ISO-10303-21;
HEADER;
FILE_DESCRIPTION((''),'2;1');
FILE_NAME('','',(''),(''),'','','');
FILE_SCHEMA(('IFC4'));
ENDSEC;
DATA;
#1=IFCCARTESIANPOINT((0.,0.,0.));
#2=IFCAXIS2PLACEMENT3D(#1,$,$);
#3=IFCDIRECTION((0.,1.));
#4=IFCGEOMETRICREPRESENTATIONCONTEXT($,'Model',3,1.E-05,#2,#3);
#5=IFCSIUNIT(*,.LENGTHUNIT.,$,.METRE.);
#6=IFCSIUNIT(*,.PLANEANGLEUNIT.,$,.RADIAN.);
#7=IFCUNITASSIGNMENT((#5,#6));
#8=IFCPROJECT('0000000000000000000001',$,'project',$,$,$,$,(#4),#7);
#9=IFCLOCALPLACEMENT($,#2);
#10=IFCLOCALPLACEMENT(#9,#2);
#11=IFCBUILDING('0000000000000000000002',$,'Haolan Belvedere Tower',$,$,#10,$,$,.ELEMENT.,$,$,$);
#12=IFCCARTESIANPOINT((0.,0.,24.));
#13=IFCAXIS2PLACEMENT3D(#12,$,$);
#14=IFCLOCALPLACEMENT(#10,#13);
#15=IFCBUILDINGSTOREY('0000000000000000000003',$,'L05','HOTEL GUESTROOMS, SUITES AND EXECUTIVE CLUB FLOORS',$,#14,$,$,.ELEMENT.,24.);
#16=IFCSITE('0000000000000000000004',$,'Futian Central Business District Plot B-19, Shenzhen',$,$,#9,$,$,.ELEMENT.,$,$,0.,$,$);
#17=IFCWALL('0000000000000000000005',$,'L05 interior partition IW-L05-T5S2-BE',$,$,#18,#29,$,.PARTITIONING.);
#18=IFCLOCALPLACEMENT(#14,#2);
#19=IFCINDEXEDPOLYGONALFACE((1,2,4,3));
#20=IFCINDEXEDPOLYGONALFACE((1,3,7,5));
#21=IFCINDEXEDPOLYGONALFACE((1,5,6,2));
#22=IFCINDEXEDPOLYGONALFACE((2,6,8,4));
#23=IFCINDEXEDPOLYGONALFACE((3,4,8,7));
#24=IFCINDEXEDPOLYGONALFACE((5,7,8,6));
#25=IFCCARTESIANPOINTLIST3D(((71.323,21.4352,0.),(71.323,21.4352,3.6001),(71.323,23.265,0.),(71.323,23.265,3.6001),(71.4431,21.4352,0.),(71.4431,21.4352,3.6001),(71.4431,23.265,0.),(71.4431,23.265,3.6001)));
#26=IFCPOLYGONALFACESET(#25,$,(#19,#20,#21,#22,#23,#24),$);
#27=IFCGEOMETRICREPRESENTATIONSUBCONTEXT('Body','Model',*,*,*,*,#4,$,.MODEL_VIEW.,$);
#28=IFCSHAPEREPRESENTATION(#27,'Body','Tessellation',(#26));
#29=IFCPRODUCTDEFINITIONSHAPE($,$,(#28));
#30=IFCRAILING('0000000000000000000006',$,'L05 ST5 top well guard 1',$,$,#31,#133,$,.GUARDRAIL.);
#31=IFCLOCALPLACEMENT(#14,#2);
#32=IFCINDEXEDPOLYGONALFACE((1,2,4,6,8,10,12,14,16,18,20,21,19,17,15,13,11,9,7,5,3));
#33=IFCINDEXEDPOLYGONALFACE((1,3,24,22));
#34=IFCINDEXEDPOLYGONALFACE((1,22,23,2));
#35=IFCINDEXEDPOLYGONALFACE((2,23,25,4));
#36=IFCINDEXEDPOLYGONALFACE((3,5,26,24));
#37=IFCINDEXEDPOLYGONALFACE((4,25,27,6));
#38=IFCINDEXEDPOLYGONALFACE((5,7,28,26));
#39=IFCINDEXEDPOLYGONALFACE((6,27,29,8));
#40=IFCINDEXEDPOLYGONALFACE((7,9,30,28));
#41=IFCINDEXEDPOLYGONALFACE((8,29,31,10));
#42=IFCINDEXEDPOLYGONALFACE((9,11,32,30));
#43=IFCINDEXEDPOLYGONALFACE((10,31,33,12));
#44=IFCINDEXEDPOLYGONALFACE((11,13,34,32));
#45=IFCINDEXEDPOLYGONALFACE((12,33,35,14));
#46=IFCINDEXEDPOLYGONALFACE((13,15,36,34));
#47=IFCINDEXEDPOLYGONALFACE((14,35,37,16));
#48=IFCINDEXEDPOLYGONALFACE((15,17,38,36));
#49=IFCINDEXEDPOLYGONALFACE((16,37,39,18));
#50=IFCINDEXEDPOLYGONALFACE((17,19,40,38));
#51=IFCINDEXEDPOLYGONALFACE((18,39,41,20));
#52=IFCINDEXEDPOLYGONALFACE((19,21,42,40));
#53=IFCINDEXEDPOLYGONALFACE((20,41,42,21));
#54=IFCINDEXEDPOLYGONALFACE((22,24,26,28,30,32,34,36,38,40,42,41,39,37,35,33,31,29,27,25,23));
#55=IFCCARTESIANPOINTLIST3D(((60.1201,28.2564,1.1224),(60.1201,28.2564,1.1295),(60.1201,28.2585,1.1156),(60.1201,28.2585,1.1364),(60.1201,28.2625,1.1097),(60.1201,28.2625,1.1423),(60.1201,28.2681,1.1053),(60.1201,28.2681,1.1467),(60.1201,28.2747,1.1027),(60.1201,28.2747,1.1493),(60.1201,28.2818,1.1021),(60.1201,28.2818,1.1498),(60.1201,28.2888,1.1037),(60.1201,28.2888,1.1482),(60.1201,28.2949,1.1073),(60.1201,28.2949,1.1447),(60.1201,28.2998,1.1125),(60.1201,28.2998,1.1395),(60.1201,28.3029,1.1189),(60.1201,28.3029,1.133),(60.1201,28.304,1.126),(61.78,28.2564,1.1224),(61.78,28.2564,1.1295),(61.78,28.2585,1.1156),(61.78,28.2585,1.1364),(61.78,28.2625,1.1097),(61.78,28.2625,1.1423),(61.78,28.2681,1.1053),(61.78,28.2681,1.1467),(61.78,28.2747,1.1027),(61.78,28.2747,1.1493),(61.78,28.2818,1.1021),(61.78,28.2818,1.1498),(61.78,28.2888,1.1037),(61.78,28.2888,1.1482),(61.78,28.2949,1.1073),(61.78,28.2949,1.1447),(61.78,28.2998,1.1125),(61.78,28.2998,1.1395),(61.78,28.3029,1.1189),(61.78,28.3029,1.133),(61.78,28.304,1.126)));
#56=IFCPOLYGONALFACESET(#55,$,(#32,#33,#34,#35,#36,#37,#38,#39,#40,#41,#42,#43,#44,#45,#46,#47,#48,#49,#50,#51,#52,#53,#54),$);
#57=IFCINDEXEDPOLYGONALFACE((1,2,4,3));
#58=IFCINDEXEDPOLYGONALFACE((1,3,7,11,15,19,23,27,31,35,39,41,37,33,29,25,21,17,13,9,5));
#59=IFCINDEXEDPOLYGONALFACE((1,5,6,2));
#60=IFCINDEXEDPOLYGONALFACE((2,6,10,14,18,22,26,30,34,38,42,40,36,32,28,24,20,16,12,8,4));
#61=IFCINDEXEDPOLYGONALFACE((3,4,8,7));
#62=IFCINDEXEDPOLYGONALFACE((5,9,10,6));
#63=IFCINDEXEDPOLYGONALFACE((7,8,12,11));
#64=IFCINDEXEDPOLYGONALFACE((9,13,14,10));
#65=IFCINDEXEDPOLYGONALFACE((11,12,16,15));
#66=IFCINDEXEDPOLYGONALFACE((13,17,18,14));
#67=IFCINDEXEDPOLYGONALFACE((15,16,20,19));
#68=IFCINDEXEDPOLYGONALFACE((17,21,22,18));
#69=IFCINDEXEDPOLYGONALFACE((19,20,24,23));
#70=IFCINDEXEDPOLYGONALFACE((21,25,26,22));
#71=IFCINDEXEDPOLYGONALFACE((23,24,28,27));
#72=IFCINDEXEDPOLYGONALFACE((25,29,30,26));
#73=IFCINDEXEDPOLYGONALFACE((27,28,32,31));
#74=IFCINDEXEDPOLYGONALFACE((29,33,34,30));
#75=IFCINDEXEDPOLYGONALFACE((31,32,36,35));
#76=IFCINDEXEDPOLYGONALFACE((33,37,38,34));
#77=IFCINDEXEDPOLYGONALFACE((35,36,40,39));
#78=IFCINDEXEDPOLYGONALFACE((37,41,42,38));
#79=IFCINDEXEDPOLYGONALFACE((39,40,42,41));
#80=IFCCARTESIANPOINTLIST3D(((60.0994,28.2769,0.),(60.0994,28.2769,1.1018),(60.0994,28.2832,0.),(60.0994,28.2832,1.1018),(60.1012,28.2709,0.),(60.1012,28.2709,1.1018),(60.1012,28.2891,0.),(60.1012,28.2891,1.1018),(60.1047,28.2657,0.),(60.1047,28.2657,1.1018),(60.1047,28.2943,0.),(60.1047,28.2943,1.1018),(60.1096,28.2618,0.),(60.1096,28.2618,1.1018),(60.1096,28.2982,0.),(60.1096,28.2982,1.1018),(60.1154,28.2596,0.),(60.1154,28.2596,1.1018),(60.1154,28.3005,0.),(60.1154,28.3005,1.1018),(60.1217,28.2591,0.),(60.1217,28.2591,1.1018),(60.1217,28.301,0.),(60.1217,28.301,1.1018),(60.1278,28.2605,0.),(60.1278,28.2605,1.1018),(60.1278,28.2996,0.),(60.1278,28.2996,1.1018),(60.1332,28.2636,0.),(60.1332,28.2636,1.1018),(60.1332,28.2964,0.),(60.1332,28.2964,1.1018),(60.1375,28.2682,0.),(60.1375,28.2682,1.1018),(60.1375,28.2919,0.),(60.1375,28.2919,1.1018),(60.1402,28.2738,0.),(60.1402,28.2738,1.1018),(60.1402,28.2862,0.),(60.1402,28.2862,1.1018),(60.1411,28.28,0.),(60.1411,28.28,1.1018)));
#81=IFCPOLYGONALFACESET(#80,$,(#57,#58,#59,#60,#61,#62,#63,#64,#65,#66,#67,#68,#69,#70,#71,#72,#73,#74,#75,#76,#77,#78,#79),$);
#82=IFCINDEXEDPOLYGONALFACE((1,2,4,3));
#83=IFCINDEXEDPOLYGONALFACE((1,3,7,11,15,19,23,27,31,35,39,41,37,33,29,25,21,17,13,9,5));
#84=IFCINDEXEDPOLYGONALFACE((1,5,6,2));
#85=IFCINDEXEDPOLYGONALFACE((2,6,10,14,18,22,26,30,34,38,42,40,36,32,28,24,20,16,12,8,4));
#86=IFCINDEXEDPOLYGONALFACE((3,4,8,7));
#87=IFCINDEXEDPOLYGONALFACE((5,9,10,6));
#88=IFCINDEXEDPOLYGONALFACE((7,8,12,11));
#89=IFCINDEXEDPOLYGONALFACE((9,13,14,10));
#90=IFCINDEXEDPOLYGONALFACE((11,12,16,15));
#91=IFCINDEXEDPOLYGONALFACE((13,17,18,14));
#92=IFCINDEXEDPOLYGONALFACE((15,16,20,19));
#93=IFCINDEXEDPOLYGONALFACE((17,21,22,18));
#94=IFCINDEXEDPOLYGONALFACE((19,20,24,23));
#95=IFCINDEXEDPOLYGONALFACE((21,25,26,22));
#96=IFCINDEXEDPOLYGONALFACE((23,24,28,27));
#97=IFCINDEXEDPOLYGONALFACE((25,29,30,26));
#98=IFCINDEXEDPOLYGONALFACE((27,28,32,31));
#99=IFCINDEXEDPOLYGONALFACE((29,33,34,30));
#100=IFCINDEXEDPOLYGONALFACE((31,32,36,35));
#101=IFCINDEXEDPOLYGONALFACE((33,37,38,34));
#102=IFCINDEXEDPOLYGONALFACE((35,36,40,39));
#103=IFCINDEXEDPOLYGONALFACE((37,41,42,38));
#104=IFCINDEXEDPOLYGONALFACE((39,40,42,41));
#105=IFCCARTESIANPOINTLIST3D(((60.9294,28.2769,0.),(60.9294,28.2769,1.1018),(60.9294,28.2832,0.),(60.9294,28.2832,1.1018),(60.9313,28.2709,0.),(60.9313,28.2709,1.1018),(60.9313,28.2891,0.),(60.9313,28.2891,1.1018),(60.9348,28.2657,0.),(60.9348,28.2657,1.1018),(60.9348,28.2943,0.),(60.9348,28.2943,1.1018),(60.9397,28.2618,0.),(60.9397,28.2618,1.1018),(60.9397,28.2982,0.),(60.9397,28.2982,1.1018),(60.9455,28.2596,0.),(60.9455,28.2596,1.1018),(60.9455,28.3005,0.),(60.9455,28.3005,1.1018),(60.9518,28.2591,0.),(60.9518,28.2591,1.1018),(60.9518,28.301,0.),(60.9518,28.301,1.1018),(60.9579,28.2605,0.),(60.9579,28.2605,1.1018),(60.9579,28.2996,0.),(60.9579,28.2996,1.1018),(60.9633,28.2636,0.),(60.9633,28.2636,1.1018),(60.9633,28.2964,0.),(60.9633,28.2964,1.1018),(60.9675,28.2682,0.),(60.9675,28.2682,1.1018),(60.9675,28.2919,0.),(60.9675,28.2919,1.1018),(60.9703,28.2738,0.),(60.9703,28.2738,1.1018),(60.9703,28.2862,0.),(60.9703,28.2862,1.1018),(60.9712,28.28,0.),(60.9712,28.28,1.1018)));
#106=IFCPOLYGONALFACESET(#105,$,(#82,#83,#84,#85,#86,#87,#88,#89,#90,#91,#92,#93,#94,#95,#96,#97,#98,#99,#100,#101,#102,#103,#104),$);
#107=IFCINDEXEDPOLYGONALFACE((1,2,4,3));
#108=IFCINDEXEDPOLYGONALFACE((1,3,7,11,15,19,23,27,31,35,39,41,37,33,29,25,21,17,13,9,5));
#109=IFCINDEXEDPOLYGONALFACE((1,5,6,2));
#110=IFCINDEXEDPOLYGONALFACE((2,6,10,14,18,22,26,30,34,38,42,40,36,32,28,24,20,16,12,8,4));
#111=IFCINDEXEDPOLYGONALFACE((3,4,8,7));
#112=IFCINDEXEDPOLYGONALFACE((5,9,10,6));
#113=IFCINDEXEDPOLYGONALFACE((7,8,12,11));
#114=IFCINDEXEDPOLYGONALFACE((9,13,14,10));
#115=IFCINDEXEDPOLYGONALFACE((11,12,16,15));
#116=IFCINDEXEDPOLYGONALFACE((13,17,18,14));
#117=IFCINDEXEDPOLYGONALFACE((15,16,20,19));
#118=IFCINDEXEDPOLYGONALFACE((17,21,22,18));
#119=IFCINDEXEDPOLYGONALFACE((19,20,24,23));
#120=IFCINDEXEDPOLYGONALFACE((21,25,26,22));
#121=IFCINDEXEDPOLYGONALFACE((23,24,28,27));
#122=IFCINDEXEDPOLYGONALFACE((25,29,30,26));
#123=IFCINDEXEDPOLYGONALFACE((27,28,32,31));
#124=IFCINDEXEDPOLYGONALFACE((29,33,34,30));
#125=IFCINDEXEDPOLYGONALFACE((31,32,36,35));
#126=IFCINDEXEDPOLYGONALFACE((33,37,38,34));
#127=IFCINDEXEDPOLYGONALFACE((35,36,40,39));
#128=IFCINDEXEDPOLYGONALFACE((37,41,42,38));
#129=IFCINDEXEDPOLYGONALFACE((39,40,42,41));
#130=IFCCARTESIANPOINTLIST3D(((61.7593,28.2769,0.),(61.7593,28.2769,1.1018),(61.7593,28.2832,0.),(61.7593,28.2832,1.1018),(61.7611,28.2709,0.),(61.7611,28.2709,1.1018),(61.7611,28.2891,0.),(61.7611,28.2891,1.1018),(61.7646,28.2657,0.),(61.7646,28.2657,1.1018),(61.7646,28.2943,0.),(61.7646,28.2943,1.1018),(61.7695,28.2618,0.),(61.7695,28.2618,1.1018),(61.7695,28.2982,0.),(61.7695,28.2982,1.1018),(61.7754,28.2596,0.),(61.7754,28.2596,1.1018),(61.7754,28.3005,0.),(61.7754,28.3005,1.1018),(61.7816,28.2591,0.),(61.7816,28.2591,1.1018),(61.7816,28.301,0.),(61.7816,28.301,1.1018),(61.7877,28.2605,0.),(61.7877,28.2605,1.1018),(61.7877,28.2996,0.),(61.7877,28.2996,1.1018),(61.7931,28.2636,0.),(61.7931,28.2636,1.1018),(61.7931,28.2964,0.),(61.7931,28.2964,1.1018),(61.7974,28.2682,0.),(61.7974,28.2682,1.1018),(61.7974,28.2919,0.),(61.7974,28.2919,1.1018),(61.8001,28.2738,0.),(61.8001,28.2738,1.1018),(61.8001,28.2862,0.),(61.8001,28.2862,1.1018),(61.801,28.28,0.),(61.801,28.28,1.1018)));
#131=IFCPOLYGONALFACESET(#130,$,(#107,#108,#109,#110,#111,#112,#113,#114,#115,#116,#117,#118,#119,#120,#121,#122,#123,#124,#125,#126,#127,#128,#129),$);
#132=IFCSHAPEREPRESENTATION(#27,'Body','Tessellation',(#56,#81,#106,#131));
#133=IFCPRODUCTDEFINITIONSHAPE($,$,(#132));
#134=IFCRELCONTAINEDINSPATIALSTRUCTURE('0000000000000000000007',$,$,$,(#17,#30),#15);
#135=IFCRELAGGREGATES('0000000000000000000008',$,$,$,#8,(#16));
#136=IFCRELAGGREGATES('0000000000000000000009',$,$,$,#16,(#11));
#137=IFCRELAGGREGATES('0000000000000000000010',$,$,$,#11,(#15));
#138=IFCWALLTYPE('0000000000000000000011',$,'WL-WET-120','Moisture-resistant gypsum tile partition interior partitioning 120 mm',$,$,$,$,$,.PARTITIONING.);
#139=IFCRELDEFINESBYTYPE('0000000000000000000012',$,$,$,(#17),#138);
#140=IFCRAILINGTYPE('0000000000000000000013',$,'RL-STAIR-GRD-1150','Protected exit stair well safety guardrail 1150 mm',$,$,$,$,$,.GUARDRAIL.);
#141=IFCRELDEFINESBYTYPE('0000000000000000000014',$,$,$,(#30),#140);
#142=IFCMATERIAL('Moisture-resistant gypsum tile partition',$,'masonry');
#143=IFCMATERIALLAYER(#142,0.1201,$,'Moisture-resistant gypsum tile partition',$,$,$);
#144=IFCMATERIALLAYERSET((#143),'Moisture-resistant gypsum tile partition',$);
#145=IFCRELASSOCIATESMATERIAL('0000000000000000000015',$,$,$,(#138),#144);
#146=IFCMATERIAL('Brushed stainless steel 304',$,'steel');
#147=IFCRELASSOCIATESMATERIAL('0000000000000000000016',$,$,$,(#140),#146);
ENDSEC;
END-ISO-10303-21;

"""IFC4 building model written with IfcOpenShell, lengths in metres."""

from ifc_helpers import new_model, si_unit, direction, frame, frame_2d, origin, origin_2d, place, context, subcontext, project, spatial, rectangle, circle, extrude, material, layer, layer_set, type_object, element, save


model = new_model("IFC4")

# Units and contexts
model_context = context("Model", 3, precision=1e-05, world=origin(), true_north=direction((0.0, 1.0)))
body_context = subcontext(model_context, "Body", "Model", "MODEL_VIEW")
ifc_project = project(units=[si_unit("LENGTHUNIT", "METRE"), si_unit("PLANEANGLEUNIT", "RADIAN")], contexts=[model_context])

# Site, building, storey
site_placement = place(None, origin())
site = spatial("IfcSite", under=ifc_project, at=site_placement, Name="Futian Central Business District Plot B-19, Shenzhen", CompositionType="ELEMENT", RefElevation=0.0)
building_placement = place(site_placement, origin())
building = spatial("IfcBuilding", under=site, at=building_placement, Name="Haolan Belvedere Tower", CompositionType="ELEMENT")
storey_placement = place(building_placement, frame((0.0, 0.0, 24.0)))
storey = spatial("IfcBuildingStorey", under=building, at=storey_placement, Name="L05", Description="HOTEL GUESTROOMS, SUITES AND EXECUTIVE CLUB FLOORS", CompositionType="ELEMENT", Elevation=24.0)

# Shared definitions
ifc_material_1 = material(Name="Moisture-resistant gypsum tile partition", Category="masonry")
ifc_layer_1 = layer(ifc_material_1, 0.1201, Name="Moisture-resistant gypsum tile partition")
ifc_layer_set_1 = layer_set([ifc_layer_1], Name="Moisture-resistant gypsum tile partition")
wall_type_1 = type_object("IfcWallType", Name="WL-WET-120", Description="Moisture-resistant gypsum tile partition interior partitioning 120 mm", PredefinedType="PARTITIONING", material=ifc_layer_set_1)

# Wall
for number, where, z_axis, x_axis, name in (
    (1, (71.3831, 21.4351, 0.0), (0.0, 0.0, 1.0), (0.0, 1.0, 0.0), "L05 interior partition IW-L05-T5S2-BE"),
):
    element("IfcWall", number, at=place(storey_placement, frame(where, z_axis=z_axis, x_axis=x_axis)), inside=storey, type_object=wall_type_1, Name=name, PredefinedType="PARTITIONING", context=body_context, shape_type="SweptSolid", body=[
        extrude(rectangle(XDim=1.8298, YDim=0.1201, at=frame_2d((0.915, 0.0))), origin(), (0.0, 0.0, 1.0), 3.6001),
    ])

# Railing
ifc_material_2 = material(Name="Brushed stainless steel 304", Category="steel")
railing_type = type_object("IfcRailingType", Name="RL-STAIR-GRD-1150", Description="Protected exit stair well safety guardrail 1150 mm", PredefinedType="GUARDRAIL", material=ifc_material_2)
railing_placement = place(storey_placement, frame((60.1201, 28.28, 0.0)))
element("IfcRailing", 2, at=railing_placement, inside=storey, type_object=railing_type, Name="L05 ST5 top well guard 1", PredefinedType="GUARDRAIL", context=body_context, shape_type="SweptSolid", body=[
    extrude(circle(Radius=0.0239, at=origin_2d()), frame((0.0, 0.0, 1.126), z_axis=(1.0, 0.0, 0.0), x_axis=(0.0, 1.0, 0.0)), (0.0, 0.0, 1.0), 1.6599),
    extrude(circle(Radius=0.021, at=origin_2d()), origin(), (0.0, 0.0, 1.0), 1.1018),
    extrude(circle(Radius=0.021, at=origin_2d()), frame((0.8301, 0.0, 0.0)), (0.0, 0.0, 1.0), 1.1018),
    extrude(circle(Radius=0.021, at=origin_2d()), frame((1.6599, 0.0, 0.0)), (0.0, 0.0, 1.0), 1.1018),
])

save(model, "model.ifc")
